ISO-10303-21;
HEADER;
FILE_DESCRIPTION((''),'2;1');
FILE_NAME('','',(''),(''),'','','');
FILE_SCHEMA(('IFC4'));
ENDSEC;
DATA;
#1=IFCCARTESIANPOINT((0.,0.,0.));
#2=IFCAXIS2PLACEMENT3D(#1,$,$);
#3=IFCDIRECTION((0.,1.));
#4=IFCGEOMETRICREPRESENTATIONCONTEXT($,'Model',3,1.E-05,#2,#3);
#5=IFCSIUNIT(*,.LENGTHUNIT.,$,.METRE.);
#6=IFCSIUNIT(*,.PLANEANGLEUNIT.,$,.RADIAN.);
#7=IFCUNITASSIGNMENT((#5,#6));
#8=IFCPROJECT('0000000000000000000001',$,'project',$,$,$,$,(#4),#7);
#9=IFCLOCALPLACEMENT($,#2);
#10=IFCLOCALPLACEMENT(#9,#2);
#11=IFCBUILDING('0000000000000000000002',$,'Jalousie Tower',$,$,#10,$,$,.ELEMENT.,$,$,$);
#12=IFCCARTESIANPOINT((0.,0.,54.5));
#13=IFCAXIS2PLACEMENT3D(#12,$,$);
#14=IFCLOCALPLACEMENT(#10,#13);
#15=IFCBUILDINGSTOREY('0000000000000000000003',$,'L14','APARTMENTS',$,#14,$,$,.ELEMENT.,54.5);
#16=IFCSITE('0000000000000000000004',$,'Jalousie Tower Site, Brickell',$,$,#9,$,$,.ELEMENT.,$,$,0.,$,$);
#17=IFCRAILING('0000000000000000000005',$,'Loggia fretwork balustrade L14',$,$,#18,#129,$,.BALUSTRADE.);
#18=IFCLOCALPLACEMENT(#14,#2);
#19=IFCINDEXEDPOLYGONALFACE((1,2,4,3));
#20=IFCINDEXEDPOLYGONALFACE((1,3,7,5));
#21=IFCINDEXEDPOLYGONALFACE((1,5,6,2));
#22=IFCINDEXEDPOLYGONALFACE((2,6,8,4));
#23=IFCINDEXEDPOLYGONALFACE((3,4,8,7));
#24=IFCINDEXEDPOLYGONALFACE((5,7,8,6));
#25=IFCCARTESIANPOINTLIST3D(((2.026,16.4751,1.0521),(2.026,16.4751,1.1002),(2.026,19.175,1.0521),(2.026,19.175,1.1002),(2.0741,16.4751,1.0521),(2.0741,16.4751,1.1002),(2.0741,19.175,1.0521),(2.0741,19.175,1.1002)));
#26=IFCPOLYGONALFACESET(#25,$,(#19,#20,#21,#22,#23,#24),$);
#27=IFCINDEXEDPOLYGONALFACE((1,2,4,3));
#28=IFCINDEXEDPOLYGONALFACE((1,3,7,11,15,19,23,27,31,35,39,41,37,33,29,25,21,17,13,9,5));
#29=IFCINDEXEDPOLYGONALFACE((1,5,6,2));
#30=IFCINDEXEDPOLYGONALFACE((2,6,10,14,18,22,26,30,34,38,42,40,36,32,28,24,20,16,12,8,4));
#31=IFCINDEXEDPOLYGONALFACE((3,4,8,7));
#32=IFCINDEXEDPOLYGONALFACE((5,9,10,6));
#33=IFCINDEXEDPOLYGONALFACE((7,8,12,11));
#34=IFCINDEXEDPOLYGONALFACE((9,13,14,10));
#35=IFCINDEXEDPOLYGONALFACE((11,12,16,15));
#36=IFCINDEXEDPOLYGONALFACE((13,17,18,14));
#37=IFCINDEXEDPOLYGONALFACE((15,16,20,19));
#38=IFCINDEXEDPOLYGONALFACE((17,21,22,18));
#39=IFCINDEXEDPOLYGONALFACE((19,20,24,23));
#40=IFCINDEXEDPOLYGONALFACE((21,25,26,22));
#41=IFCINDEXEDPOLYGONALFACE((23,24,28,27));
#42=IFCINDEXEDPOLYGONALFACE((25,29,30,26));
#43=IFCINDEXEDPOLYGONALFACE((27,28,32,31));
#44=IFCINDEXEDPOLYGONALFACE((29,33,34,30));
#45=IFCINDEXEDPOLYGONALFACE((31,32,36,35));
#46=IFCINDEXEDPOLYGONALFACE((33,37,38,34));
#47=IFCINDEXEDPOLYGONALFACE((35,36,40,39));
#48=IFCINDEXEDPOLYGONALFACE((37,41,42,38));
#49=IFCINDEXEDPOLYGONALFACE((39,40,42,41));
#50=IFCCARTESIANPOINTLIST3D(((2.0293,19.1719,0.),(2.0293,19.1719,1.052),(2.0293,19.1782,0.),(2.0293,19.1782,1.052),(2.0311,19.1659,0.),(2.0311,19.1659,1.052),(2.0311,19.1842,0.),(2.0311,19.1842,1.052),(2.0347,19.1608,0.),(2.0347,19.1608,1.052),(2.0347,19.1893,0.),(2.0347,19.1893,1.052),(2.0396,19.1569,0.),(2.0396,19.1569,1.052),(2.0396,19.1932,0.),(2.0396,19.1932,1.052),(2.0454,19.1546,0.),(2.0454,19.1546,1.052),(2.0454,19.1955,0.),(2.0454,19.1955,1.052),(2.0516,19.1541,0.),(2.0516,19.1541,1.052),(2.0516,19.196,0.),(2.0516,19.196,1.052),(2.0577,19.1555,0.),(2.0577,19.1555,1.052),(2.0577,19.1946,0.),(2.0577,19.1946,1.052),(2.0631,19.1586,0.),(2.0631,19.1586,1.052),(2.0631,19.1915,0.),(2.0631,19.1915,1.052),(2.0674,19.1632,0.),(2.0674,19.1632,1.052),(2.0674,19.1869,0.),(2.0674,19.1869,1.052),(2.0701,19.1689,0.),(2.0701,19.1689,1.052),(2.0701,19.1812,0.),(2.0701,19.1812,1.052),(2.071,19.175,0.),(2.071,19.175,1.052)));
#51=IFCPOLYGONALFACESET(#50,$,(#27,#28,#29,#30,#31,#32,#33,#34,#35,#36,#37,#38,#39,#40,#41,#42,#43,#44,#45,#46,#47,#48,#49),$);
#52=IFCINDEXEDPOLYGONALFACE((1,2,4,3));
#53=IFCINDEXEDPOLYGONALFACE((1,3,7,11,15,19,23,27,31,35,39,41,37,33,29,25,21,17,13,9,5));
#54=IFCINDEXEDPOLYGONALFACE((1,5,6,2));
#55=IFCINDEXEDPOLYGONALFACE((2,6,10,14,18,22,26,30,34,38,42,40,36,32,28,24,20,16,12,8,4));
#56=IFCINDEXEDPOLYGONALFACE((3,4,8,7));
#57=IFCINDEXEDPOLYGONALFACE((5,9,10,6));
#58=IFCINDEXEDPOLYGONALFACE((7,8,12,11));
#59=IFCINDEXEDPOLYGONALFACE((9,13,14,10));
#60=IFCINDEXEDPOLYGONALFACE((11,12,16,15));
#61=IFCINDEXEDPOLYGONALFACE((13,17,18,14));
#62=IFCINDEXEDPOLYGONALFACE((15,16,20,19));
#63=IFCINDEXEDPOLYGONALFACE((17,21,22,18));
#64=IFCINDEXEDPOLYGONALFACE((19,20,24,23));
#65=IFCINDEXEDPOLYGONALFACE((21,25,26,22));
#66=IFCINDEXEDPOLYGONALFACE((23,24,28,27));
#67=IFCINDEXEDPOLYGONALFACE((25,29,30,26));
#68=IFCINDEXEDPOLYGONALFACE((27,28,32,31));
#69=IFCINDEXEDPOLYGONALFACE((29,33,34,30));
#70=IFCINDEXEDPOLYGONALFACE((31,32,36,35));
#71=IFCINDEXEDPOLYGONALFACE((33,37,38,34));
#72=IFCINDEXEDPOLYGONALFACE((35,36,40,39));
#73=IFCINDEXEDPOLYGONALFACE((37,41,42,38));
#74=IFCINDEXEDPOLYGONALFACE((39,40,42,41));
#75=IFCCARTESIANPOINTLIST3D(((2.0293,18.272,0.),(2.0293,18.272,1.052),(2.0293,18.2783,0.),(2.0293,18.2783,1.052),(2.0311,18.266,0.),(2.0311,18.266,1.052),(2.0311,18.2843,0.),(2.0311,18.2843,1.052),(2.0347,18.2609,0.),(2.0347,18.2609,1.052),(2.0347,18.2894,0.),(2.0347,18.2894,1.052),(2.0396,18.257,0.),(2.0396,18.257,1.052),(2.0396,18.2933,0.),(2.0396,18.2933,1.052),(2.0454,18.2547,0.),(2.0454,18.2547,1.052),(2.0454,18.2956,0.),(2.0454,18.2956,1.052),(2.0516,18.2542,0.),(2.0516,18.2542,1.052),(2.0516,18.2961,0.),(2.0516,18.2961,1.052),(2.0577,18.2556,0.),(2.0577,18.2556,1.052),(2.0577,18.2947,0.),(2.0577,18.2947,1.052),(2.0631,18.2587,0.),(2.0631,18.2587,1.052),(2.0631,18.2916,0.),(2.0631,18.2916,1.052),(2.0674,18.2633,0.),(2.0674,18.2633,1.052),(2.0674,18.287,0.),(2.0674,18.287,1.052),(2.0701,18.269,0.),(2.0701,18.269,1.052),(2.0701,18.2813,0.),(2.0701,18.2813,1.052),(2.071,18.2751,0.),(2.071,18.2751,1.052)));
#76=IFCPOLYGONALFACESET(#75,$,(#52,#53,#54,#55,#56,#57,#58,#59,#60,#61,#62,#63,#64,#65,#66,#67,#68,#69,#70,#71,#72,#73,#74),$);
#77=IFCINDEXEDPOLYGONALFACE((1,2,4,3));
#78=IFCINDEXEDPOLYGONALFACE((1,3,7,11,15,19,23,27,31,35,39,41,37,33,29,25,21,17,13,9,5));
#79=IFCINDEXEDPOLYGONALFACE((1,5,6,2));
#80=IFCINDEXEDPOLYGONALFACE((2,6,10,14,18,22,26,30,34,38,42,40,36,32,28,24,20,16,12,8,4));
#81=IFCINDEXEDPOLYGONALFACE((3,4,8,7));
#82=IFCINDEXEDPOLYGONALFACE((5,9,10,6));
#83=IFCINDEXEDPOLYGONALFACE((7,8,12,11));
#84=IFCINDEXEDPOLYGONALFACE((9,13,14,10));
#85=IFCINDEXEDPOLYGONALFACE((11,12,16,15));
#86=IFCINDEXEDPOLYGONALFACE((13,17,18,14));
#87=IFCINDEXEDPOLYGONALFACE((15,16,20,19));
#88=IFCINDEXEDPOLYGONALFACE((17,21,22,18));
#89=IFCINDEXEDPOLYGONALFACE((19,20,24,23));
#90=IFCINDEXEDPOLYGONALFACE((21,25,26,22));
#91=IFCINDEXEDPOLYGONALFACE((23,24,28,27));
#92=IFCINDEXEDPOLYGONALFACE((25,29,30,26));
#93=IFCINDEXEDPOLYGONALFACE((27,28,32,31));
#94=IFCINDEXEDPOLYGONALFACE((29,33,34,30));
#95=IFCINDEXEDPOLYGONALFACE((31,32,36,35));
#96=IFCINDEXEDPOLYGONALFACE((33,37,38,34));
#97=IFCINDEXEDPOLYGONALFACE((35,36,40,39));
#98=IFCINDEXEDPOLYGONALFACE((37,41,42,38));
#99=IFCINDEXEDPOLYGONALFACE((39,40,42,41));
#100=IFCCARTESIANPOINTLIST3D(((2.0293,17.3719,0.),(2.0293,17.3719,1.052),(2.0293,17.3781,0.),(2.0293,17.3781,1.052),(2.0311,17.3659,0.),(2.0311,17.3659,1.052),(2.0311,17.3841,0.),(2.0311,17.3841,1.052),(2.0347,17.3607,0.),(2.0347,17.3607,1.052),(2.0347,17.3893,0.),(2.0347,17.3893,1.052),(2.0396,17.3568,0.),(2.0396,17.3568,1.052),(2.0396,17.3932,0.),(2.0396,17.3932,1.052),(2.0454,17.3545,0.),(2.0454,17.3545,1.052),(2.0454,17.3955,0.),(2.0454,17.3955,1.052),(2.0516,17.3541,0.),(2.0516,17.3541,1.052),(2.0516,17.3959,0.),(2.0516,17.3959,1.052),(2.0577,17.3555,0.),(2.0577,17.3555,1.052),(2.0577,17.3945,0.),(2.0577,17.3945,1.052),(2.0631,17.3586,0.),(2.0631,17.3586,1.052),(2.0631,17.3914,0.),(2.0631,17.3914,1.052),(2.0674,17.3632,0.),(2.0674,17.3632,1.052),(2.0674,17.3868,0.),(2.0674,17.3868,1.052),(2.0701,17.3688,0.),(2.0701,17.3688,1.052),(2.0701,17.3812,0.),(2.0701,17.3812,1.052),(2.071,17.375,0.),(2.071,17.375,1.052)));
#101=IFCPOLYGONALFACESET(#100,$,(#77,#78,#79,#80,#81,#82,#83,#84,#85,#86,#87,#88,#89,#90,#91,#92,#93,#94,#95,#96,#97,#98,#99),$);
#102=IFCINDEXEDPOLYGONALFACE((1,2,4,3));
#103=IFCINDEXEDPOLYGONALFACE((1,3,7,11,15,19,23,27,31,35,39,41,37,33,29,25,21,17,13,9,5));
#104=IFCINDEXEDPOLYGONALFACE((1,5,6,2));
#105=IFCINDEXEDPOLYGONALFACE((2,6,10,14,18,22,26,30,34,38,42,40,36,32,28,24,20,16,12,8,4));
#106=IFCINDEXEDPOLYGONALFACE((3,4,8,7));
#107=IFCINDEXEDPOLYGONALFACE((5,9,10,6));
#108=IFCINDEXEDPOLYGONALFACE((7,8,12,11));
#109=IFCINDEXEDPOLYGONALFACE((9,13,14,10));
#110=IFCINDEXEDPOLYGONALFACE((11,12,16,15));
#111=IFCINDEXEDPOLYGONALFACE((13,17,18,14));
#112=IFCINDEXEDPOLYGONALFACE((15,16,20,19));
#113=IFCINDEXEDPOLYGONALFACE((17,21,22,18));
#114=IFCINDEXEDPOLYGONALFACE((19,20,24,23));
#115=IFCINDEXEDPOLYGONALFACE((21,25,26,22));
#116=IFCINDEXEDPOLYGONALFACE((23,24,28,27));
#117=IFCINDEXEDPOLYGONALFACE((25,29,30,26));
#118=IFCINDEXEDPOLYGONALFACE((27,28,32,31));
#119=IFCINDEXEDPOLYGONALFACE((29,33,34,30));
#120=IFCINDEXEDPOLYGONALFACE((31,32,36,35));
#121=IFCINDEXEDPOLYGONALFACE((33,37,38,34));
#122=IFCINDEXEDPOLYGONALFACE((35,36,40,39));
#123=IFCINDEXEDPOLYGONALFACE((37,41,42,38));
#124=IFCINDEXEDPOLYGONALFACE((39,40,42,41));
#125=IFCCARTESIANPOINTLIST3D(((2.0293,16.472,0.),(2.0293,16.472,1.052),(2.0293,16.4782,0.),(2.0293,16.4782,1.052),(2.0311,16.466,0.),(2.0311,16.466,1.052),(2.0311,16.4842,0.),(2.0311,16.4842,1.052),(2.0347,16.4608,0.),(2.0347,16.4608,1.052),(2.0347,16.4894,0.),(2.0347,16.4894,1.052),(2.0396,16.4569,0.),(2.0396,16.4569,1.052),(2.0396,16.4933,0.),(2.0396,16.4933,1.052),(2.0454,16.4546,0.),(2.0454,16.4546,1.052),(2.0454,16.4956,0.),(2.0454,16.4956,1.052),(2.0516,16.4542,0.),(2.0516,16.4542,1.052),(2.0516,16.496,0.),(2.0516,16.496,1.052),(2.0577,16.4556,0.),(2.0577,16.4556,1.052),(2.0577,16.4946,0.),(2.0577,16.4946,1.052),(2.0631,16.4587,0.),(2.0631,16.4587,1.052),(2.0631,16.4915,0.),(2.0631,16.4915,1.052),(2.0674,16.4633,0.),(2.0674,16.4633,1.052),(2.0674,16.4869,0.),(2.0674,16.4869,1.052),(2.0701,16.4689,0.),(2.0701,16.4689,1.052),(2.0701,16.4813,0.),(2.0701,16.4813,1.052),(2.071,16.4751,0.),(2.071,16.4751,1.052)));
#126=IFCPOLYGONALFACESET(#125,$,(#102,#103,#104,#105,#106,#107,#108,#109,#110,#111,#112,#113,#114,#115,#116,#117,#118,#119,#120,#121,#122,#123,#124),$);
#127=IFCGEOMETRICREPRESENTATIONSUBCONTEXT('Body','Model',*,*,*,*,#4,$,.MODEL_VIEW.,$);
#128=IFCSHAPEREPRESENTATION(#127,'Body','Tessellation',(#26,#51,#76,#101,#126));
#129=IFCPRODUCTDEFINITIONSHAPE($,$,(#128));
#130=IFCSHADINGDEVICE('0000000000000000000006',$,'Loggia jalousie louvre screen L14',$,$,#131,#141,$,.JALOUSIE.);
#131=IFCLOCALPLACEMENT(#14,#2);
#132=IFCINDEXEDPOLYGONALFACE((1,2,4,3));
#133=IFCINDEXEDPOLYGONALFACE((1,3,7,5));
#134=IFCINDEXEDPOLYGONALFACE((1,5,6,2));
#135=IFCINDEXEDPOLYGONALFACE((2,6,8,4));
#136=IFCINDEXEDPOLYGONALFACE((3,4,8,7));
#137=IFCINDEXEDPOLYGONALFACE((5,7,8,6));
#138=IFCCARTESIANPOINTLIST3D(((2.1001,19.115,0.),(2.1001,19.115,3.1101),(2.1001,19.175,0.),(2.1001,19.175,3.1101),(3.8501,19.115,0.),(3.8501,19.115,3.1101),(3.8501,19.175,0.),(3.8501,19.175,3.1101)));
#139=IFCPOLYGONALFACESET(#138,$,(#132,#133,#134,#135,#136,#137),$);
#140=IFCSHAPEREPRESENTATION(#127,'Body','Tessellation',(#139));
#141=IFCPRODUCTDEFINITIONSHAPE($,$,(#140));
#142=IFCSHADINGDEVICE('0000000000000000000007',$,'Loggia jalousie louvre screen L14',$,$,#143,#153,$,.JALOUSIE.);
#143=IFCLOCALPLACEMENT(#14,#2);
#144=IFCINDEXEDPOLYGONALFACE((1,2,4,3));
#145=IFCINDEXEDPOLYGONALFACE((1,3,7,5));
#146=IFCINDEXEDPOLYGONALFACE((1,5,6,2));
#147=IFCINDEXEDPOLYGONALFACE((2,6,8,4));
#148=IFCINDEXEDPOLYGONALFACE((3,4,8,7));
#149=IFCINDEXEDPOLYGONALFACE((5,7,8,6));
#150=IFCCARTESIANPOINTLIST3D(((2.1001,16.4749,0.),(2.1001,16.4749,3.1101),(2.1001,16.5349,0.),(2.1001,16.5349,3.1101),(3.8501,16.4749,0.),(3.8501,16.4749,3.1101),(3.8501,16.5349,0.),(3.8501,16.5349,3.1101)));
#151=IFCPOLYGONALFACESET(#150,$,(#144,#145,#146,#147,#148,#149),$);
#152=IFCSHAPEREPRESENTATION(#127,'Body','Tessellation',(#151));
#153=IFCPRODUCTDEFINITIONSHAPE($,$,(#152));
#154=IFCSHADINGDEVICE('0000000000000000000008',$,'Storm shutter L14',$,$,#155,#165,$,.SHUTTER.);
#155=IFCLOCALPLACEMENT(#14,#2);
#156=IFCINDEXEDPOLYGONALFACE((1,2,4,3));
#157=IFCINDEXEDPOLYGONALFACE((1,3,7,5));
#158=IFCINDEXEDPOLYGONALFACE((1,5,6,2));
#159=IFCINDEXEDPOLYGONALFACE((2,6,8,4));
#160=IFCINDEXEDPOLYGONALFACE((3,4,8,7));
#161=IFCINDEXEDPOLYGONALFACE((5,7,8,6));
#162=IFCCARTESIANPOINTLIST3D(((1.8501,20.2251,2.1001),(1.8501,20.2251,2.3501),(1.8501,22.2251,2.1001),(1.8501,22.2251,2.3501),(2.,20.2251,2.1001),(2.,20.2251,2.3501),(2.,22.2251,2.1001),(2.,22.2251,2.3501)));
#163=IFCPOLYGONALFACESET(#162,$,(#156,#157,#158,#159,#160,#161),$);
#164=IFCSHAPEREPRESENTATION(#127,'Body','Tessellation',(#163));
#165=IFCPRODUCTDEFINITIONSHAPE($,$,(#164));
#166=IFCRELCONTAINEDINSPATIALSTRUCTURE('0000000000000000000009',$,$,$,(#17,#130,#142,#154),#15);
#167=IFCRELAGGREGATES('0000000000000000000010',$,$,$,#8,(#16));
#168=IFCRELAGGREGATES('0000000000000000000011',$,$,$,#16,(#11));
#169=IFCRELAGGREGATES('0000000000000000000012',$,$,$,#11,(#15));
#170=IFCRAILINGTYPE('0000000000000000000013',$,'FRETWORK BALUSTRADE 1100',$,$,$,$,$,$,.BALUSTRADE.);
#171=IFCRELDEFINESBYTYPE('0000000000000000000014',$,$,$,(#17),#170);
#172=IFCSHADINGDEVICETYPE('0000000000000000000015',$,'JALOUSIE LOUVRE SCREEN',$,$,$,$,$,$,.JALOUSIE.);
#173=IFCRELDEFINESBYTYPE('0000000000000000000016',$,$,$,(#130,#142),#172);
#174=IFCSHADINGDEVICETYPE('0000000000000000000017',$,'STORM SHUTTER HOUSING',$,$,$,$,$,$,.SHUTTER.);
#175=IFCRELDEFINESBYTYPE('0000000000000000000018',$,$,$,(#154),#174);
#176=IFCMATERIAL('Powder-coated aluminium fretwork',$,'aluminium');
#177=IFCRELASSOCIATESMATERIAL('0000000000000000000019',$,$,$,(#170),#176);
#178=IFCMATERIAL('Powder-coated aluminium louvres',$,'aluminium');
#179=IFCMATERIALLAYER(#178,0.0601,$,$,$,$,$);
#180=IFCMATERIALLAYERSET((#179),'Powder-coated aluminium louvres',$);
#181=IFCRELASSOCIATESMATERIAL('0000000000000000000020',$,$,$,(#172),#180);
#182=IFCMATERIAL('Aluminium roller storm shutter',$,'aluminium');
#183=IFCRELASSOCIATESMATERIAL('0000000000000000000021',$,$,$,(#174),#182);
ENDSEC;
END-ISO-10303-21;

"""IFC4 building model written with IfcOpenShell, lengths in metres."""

from ifc_helpers import new_model, si_unit, direction, frame, origin, origin_2d, place, context, subcontext, project, spatial, rectangle, circle, extrude, material, layer, layer_set, type_object, element, save


model = new_model("IFC4")

# Units and contexts
model_context = context("Model", 3, precision=1e-05, world=origin(), true_north=direction((0.0, 1.0)))
body_context = subcontext(model_context, "Body", "Model", "MODEL_VIEW")
ifc_project = project(units=[si_unit("LENGTHUNIT", "METRE"), si_unit("PLANEANGLEUNIT", "RADIAN")], contexts=[model_context])

# Site, building, storey
site_placement = place(None, origin())
site = spatial("IfcSite", under=ifc_project, at=site_placement, Name="Jalousie Tower Site, Brickell", CompositionType="ELEMENT", RefElevation=0.0)
building_placement = place(site_placement, origin())
building = spatial("IfcBuilding", under=site, at=building_placement, Name="Jalousie Tower", CompositionType="ELEMENT")
storey_placement = place(building_placement, frame((0.0, 0.0, 54.5)))
storey = spatial("IfcBuildingStorey", under=building, at=storey_placement, Name="L14", Description="APARTMENTS", CompositionType="ELEMENT", Elevation=54.5)

# Railing
ifc_material_1 = material(Name="Powder-coated aluminium fretwork", Category="aluminium")
railing_type = type_object("IfcRailingType", Name="FRETWORK BALUSTRADE 1100", PredefinedType="BALUSTRADE", material=ifc_material_1)
railing_placement = place(storey_placement, frame((2.05, 19.175, 0.0)))
element("IfcRailing", 1, at=railing_placement, inside=storey, type_object=railing_type, Name="Loggia fretwork balustrade L14", PredefinedType="BALUSTRADE", context=body_context, shape_type="SweptSolid", body=[
    extrude(rectangle(XDim=0.0481, YDim=0.0481, at=origin_2d()), frame((0.0, 0.0, 1.0762), z_axis=(0.0, -1.0, 0.0), x_axis=(1.0, 0.0, 0.0)), (0.0, 0.0, 1.0), 2.7),
    extrude(circle(Radius=0.021, at=origin_2d()), origin(), (0.0, 0.0, 1.0), 1.052),
    extrude(circle(Radius=0.021, at=origin_2d()), frame((0.0, -0.8999, 0.0)), (0.0, 0.0, 1.0), 1.052),
    extrude(circle(Radius=0.021, at=origin_2d()), frame((0.0, -1.8, 0.0)), (0.0, 0.0, 1.0), 1.052),
    extrude(circle(Radius=0.021, at=origin_2d()), frame((0.0, -2.7, 0.0)), (0.0, 0.0, 1.0), 1.052),
])

# Shading devices
ifc_material_2 = material(Name="Powder-coated aluminium louvres", Category="aluminium")
ifc_layer_1 = layer(ifc_material_2, 0.0601)
ifc_layer_set_1 = layer_set([ifc_layer_1], Name="Powder-coated aluminium louvres")
shading_device_type_1 = type_object("IfcShadingDeviceType", Name="JALOUSIE LOUVRE SCREEN", PredefinedType="JALOUSIE", material=ifc_layer_set_1)
for number, where, z_axis, x_axis, name in (
    (2, (2.9751, 19.145, 0.0), (0.0, 0.0, 1.0), (0.0, -1.0, 0.0), "Loggia jalousie louvre screen L14"),
    (3, (2.9751, 16.5049, 0.0), (0.0, 0.0, 1.0), (0.0, -1.0, 0.0), "Loggia jalousie louvre screen L14"),
):
    element("IfcShadingDevice", number, at=place(storey_placement, frame(where, z_axis=z_axis, x_axis=x_axis)), inside=storey, type_object=shading_device_type_1, Name=name, PredefinedType="JALOUSIE", context=body_context, shape_type="SweptSolid", body=[
        extrude(rectangle(XDim=0.0601, YDim=1.75, at=origin_2d()), origin(), (0.0, 0.0, 1.0), 3.1101),
    ])
ifc_material_3 = material(Name="Aluminium roller storm shutter", Category="aluminium")
shading_device_type_2 = type_object("IfcShadingDeviceType", Name="STORM SHUTTER HOUSING", PredefinedType="SHUTTER", material=ifc_material_3)
shading_device_placement = place(storey_placement, frame((1.925, 21.2251, 2.1001), z_axis=(0.0, 0.0, 1.0), x_axis=(0.0, -1.0, 0.0)))
element("IfcShadingDevice", 4, at=shading_device_placement, inside=storey, type_object=shading_device_type_2, Name="Storm shutter L14", PredefinedType="SHUTTER", context=body_context, shape_type="SweptSolid", body=[
    extrude(rectangle(XDim=2.0, YDim=0.1499, at=origin_2d()), origin(), (0.0, 0.0, 1.0), 0.25),
])

save(model, "model.ifc")
